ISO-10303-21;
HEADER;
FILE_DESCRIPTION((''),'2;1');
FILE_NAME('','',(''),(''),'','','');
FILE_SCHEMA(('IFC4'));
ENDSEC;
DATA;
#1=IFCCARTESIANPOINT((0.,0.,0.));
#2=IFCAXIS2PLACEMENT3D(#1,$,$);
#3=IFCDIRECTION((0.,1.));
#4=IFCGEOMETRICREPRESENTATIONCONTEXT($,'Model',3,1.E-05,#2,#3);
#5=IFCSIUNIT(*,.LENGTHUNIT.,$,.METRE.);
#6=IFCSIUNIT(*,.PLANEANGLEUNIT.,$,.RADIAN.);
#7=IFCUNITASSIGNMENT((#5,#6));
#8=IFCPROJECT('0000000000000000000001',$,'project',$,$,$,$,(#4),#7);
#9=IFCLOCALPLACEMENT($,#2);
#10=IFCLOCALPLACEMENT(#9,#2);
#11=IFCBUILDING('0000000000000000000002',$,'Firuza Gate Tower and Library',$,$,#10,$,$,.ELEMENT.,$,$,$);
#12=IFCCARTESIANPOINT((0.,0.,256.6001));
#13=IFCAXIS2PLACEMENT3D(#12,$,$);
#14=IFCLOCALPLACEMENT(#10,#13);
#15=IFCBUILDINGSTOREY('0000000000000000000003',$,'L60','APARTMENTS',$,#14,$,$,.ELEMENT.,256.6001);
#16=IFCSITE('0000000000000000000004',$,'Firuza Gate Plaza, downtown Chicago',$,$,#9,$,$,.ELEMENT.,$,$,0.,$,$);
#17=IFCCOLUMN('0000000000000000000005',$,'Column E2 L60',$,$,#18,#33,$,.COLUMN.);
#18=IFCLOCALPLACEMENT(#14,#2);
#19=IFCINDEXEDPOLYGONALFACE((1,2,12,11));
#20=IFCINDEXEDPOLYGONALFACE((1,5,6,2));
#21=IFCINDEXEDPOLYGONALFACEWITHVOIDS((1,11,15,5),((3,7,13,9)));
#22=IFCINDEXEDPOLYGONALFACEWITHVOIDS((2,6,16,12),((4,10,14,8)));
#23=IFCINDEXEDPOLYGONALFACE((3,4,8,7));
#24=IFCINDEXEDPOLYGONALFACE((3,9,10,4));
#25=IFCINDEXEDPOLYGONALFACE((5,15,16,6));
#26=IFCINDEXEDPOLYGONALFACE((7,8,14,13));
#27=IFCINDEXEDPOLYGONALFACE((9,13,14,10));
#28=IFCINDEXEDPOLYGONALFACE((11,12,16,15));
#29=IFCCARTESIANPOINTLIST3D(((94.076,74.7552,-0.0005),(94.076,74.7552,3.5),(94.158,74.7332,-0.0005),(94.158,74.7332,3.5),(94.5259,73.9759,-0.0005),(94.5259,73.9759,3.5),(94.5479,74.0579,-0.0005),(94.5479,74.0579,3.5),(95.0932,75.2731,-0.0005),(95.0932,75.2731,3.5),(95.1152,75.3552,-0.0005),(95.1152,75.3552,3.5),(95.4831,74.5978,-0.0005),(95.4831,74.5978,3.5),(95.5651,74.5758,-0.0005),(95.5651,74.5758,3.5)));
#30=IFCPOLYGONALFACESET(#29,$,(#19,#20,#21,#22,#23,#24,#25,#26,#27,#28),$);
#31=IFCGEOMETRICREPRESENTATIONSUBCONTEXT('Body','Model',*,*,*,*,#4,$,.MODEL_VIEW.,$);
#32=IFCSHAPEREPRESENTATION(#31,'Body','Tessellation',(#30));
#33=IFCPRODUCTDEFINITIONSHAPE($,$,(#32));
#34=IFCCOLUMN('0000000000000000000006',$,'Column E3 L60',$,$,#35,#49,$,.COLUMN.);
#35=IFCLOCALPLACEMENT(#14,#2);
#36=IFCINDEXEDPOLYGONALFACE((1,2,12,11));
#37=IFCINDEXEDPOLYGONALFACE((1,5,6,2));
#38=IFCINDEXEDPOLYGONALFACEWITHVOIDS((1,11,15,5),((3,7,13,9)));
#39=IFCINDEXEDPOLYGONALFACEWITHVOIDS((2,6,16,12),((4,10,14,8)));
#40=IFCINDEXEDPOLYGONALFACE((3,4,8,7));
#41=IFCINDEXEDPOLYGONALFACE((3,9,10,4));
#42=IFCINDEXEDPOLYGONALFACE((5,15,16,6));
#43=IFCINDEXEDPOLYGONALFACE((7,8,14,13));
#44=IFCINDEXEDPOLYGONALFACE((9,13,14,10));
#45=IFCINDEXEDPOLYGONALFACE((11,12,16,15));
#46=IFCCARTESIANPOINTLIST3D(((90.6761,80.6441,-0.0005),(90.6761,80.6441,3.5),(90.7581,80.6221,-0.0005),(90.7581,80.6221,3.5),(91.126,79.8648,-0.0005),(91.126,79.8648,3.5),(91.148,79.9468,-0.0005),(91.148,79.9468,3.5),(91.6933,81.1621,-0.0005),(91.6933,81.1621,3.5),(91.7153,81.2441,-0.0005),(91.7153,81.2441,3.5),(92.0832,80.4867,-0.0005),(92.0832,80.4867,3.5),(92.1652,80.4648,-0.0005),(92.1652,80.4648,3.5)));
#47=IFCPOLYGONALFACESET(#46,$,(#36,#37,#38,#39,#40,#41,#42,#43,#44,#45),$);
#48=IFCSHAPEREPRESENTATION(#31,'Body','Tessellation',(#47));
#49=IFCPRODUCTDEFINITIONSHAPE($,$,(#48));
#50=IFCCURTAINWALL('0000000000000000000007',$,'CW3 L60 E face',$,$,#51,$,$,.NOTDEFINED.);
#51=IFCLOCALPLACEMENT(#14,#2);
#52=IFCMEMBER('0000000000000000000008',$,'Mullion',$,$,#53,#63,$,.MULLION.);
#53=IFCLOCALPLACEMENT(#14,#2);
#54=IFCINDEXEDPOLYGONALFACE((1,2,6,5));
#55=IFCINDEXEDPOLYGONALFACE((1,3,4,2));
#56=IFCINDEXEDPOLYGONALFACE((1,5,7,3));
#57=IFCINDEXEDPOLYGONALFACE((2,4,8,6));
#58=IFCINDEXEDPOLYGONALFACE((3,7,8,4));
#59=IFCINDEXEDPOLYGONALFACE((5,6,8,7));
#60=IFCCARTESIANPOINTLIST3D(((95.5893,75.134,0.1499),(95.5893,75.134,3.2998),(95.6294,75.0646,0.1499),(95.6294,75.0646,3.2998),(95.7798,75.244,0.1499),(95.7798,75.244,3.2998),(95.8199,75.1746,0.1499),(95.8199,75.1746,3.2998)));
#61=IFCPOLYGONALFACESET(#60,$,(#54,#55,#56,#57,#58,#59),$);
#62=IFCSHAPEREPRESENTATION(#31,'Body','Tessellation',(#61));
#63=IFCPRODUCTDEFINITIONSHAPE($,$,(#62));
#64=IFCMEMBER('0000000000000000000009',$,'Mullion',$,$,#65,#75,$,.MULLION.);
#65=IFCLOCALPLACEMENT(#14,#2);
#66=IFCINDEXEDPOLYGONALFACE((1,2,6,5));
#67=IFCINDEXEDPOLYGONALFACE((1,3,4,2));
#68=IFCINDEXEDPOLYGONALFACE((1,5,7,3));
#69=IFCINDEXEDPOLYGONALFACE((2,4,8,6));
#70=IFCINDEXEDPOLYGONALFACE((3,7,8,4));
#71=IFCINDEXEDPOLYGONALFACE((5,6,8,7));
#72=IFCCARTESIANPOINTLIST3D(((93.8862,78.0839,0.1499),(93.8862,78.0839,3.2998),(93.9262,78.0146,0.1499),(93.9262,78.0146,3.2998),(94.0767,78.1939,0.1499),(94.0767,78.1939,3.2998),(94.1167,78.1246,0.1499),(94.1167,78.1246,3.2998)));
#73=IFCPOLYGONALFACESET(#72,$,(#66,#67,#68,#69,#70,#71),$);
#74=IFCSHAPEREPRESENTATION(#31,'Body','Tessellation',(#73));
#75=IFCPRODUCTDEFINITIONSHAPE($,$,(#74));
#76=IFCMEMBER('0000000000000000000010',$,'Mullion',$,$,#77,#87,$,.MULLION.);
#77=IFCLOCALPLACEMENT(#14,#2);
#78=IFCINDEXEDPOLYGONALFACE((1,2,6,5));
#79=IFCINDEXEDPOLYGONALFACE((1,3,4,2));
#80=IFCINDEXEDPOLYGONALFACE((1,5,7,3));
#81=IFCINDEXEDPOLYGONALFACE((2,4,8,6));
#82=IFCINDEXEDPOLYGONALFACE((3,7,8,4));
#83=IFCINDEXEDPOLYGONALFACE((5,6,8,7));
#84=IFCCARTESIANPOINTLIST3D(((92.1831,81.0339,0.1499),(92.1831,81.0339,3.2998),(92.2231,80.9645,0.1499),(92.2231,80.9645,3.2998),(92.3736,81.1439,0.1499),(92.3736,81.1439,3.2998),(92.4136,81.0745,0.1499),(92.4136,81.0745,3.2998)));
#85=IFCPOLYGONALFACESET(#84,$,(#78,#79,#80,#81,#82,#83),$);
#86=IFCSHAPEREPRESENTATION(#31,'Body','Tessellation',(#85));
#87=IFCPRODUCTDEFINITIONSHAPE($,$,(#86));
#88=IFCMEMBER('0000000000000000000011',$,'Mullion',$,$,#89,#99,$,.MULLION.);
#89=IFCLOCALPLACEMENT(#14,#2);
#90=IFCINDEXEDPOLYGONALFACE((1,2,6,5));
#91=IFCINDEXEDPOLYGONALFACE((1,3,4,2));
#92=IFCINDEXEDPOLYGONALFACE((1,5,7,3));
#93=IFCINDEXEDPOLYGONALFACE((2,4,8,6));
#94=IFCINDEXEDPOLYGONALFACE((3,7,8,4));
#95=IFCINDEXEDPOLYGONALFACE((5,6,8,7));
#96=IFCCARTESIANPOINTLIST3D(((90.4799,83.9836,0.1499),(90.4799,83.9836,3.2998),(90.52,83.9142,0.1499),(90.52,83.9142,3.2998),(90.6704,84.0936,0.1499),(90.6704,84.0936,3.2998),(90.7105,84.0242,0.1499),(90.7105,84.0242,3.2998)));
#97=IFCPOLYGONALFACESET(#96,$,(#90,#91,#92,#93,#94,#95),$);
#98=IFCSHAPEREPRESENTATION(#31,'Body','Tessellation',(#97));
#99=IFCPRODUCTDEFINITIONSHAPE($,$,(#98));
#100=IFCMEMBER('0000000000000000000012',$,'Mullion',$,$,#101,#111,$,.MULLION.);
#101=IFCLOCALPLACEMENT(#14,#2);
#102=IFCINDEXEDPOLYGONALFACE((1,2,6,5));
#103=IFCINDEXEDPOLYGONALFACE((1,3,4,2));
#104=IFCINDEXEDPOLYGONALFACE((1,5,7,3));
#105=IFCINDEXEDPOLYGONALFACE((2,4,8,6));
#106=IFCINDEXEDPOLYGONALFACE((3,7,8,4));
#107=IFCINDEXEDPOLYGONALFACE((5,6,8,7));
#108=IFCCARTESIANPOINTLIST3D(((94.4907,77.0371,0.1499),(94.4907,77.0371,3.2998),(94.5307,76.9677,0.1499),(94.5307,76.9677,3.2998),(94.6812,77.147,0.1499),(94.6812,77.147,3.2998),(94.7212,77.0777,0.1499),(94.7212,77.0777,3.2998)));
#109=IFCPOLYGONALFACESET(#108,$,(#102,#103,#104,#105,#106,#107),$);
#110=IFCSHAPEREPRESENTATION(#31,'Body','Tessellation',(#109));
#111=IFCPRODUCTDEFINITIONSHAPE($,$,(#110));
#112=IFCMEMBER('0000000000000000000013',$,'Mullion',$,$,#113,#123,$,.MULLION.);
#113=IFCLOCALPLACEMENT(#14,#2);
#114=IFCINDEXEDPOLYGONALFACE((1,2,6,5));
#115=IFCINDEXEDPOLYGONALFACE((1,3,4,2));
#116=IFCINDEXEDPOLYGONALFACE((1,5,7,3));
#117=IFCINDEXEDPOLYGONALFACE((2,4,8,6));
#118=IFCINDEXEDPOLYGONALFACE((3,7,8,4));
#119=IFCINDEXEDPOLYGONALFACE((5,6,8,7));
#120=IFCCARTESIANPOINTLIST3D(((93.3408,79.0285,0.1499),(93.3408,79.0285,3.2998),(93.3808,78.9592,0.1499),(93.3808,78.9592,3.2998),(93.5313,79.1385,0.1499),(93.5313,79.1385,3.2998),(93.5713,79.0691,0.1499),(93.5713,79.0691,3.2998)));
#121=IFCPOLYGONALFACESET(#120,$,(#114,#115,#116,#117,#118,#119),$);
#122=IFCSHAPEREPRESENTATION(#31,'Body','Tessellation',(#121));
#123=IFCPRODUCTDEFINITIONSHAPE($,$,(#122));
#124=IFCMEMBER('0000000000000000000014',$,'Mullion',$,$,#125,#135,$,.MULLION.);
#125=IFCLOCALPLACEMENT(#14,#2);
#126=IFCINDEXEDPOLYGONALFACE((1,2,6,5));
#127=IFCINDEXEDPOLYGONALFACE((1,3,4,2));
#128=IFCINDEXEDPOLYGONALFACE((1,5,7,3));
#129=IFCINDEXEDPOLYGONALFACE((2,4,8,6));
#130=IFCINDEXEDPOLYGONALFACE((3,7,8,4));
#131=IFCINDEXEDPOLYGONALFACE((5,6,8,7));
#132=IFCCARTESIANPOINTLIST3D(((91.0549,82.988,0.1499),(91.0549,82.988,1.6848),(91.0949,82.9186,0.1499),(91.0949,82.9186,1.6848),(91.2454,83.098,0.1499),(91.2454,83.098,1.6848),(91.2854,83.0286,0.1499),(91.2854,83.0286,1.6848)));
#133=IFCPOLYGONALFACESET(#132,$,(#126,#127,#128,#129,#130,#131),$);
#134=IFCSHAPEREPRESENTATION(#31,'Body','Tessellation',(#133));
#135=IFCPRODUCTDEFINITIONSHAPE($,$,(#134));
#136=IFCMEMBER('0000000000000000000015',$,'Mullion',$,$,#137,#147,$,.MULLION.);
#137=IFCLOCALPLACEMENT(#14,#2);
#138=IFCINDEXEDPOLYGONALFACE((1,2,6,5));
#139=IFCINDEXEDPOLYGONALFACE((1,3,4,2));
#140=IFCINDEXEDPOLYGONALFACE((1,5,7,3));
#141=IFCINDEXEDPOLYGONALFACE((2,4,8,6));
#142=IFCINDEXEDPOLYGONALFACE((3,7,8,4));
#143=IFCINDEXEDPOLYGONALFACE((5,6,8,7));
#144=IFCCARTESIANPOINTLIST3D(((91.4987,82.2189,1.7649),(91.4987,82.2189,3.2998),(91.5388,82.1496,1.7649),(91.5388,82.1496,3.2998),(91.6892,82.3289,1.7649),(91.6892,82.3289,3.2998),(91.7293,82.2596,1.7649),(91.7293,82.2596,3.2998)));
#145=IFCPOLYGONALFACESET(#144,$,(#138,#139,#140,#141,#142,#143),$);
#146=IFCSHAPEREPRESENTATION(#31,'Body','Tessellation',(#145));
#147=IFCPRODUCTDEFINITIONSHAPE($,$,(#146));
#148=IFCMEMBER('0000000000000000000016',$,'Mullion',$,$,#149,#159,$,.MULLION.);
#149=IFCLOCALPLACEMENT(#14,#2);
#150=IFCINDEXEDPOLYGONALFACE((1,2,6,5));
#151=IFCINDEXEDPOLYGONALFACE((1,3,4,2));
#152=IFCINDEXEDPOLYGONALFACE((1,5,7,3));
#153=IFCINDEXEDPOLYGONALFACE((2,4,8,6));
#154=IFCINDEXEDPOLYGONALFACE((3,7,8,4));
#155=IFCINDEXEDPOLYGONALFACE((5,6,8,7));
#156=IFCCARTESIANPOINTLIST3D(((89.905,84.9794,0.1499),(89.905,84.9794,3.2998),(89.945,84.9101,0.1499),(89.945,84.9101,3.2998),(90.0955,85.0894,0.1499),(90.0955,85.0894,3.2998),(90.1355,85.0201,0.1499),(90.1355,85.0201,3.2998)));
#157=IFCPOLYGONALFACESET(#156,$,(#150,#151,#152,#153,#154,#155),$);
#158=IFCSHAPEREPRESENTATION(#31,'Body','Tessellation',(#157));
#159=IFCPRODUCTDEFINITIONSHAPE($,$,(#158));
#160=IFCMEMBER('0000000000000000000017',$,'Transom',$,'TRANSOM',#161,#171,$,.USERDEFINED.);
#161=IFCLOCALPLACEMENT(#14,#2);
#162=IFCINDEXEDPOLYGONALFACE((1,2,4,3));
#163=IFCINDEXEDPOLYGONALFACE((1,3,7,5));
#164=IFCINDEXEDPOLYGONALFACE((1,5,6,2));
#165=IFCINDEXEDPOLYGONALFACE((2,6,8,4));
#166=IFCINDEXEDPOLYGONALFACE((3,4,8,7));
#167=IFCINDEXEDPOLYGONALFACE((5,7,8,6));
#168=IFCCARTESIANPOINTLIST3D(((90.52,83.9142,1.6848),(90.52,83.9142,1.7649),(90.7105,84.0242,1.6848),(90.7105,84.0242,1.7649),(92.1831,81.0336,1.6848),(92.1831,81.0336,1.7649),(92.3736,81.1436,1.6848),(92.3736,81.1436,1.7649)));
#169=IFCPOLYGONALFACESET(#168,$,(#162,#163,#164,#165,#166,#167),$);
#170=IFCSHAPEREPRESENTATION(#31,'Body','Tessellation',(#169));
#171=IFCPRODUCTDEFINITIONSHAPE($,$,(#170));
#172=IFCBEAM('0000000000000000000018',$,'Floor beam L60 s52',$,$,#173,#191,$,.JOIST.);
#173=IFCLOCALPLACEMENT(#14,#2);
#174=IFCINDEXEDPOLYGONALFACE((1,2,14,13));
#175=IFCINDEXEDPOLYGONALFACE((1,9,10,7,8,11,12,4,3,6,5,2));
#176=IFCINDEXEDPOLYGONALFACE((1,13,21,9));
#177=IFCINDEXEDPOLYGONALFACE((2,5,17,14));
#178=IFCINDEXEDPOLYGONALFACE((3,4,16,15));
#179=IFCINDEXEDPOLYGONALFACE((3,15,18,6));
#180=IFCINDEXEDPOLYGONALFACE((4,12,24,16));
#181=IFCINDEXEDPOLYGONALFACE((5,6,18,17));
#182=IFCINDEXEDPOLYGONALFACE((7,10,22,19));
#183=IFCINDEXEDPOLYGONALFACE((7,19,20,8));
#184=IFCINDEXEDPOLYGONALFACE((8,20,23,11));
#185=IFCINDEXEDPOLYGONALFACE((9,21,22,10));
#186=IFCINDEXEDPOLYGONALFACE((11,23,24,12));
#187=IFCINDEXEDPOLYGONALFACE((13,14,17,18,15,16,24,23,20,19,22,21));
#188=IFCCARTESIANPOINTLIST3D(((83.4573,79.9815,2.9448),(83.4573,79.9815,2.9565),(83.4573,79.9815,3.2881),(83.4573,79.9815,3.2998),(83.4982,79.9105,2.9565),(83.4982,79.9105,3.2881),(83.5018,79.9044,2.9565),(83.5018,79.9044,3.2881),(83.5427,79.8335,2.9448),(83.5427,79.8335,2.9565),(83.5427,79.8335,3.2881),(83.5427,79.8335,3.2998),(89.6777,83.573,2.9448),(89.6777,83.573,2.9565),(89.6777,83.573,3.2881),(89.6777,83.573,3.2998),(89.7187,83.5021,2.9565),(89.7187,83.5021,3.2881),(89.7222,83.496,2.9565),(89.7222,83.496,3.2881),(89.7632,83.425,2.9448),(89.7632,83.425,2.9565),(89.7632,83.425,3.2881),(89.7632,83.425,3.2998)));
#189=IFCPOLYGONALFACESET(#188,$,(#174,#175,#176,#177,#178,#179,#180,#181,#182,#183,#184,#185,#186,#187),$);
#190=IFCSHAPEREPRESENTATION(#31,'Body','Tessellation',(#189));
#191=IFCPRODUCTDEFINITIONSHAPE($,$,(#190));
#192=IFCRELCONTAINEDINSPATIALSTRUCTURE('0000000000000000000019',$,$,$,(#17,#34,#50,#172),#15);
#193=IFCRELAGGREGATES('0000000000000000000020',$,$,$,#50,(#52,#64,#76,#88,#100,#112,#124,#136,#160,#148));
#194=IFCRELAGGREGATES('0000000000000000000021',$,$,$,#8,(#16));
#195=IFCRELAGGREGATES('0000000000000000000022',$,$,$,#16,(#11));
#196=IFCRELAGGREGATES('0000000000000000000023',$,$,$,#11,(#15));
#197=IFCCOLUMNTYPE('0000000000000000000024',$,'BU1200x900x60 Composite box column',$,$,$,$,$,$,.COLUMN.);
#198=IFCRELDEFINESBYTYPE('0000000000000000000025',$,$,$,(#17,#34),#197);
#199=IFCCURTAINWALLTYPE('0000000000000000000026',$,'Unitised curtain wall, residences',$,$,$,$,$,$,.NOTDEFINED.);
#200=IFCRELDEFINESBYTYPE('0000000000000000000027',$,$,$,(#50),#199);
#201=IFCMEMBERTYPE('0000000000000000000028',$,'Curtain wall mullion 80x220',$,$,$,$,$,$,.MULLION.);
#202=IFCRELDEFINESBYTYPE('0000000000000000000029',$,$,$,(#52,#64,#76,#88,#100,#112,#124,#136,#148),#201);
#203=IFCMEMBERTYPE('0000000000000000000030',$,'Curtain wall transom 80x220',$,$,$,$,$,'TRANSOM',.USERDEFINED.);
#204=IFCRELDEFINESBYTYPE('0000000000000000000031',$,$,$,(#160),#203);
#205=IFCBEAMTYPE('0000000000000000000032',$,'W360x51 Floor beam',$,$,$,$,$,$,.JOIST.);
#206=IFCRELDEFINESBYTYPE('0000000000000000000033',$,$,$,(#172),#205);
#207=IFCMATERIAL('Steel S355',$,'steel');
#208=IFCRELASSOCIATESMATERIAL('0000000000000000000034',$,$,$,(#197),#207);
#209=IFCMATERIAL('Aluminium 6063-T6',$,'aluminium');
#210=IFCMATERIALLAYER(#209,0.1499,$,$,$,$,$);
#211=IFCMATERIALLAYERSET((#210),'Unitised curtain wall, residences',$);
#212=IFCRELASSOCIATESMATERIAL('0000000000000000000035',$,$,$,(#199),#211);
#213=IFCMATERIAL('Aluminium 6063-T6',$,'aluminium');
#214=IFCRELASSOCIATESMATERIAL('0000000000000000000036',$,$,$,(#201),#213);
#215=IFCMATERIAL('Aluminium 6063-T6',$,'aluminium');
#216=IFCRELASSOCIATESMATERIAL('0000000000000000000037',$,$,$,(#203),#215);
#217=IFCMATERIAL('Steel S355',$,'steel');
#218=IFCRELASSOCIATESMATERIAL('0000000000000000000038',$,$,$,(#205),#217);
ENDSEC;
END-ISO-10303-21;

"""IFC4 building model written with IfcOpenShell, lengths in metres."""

from ifc_helpers import new_model, si_unit, direction, frame, origin, origin_2d, place, context, subcontext, project, spatial, rectangle, hollow_rectangle, i_section, extrude, material, layer, layer_set, material_profile, profile_set, type_object, element, aggregate, save


model = new_model("IFC4")

# Units and contexts
model_context = context("Model", 3, precision=1e-05, world=origin(), true_north=direction((0.0, 1.0)))
body_context = subcontext(model_context, "Body", "Model", "MODEL_VIEW")
ifc_project = project(units=[si_unit("LENGTHUNIT", "METRE"), si_unit("PLANEANGLEUNIT", "RADIAN")], contexts=[model_context])

# Site, building, storey
site_placement = place(None, origin())
site = spatial("IfcSite", under=ifc_project, at=site_placement, Name="Firuza Gate Plaza, downtown Chicago", CompositionType="ELEMENT", RefElevation=0.0)
building_placement = place(site_placement, origin())
building = spatial("IfcBuilding", under=site, at=building_placement, Name="Firuza Gate Tower and Library", CompositionType="ELEMENT")
storey_placement = place(building_placement, frame((0.0, 0.0, 256.6001)))
storey = spatial("IfcBuildingStorey", under=building, at=storey_placement, Name="L60", Description="APARTMENTS", CompositionType="ELEMENT", Elevation=256.6001)

# Columns
ifc_material_1 = material(Name="Steel S355", Category="steel")
ifc_material_profile_1 = material_profile(ifc_material_1, hollow_rectangle(XDim=0.8999, YDim=1.2, WallThickness=0.0601, at=origin_2d()))
ifc_profile_set_1 = profile_set([ifc_material_profile_1], Name="Steel S355")
column_type = type_object("IfcColumnType", Name="BU1200x900x60 Composite box column", PredefinedType="COLUMN", material=ifc_profile_set_1)
for number, where, z_axis, x_axis, name in (
    (1, (94.8206, 74.6655, -0.0005), (0.0, 0.0, 1.0), (-0.5, 0.866025, 0.0), "Column E2 L60"),
    (2, (91.4207, 80.5544, -0.0005), (0.0, 0.0, 1.0), (-0.5, 0.866025, 0.0), "Column E3 L60"),
):
    element("IfcColumn", number, at=place(storey_placement, frame(where, z_axis=z_axis, x_axis=x_axis)), inside=storey, type_object=column_type, Name=name, PredefinedType="COLUMN", context=body_context, shape_type="SweptSolid", body=[
        extrude(hollow_rectangle(XDim=0.8999, YDim=1.2, WallThickness=0.0601, at=origin_2d()), origin(), (0.0, 0.0, 1.0), 3.5005),
    ])

# Curtain wall, members
ifc_material_2 = material(Name="Aluminium 6063-T6", Category="aluminium")
ifc_layer_1 = layer(ifc_material_2, 0.1499)
ifc_layer_set_1 = layer_set([ifc_layer_1], Name="Unitised curtain wall, residences")
curtain_wall_type = type_object("IfcCurtainWallType", Name="Unitised curtain wall, residences", PredefinedType="NOTDEFINED", material=ifc_layer_set_1)
curtain_wall_placement = place(storey_placement, origin())
curtain_wall = element("IfcCurtainWall", 3, at=curtain_wall_placement, inside=storey, type_object=curtain_wall_type, Name="CW3 L60 E face", PredefinedType="NOTDEFINED")
ifc_material_3 = material(Name="Aluminium 6063-T6", Category="aluminium")
ifc_material_profile_2 = material_profile(ifc_material_3, rectangle(XDim=0.22, YDim=0.0801, at=origin_2d()))
ifc_profile_set_2 = profile_set([ifc_material_profile_2], Name="Aluminium 6063-T6")
member_type_1 = type_object("IfcMemberType", Name="Curtain wall mullion 80x220", PredefinedType="MULLION", material=ifc_profile_set_2)
member_1_placement = place(storey_placement, frame((95.7046, 75.1543, 0.1499), z_axis=(0.0, 0.0, 1.0), x_axis=(-0.866025, -0.5, 0.0)))
member_1 = element("IfcMember", 4, at=member_1_placement, type_object=member_type_1, Name="Mullion", PredefinedType="MULLION", context=body_context, shape_type="SweptSolid", body=[
    extrude(rectangle(XDim=0.22, YDim=0.0801, at=origin_2d()), origin(), (0.0, 0.0, 1.0), 3.1499),
])
member_2_placement = place(storey_placement, frame((94.0015, 78.1042, 0.1499), z_axis=(0.0, 0.0, 1.0), x_axis=(-0.866025, -0.5, 0.0)))
member_2 = element("IfcMember", 5, at=member_2_placement, type_object=member_type_1, Name="Mullion", PredefinedType="MULLION", context=body_context, shape_type="SweptSolid", body=[
    extrude(rectangle(XDim=0.22, YDim=0.0801, at=origin_2d()), origin(), (0.0, 0.0, 1.0), 3.1499),
])
member_3_placement = place(storey_placement, frame((92.2983, 81.0542, 0.1499), z_axis=(0.0, 0.0, 1.0), x_axis=(-0.866025, -0.5, 0.0)))
member_3 = element("IfcMember", 6, at=member_3_placement, type_object=member_type_1, Name="Mullion", PredefinedType="MULLION", context=body_context, shape_type="SweptSolid", body=[
    extrude(rectangle(XDim=0.22, YDim=0.0801, at=origin_2d()), origin(), (0.0, 0.0, 1.0), 3.1499),
])
member_4_placement = place(storey_placement, frame((90.5952, 84.0039, 0.1499), z_axis=(0.0, 0.0, 1.0), x_axis=(-0.866025, -0.5, 0.0)))
member_4 = element("IfcMember", 7, at=member_4_placement, type_object=member_type_1, Name="Mullion", PredefinedType="MULLION", context=body_context, shape_type="SweptSolid", body=[
    extrude(rectangle(XDim=0.22, YDim=0.0801, at=origin_2d()), origin(), (0.0, 0.0, 1.0), 3.1499),
])
member_5_placement = place(storey_placement, frame((94.606, 77.0574, 0.1499), z_axis=(0.0, 0.0, 1.0), x_axis=(-0.866025, -0.5, 0.0)))
member_5 = element("IfcMember", 8, at=member_5_placement, type_object=member_type_1, Name="Mullion", PredefinedType="MULLION", context=body_context, shape_type="SweptSolid", body=[
    extrude(rectangle(XDim=0.22, YDim=0.0801, at=origin_2d()), origin(), (0.0, 0.0, 1.0), 3.1499),
])
member_6_placement = place(storey_placement, frame((93.4561, 79.0488, 0.1499), z_axis=(0.0, 0.0, 1.0), x_axis=(-0.866025, -0.5, 0.0)))
member_6 = element("IfcMember", 9, at=member_6_placement, type_object=member_type_1, Name="Mullion", PredefinedType="MULLION", context=body_context, shape_type="SweptSolid", body=[
    extrude(rectangle(XDim=0.22, YDim=0.0801, at=origin_2d()), origin(), (0.0, 0.0, 1.0), 3.1499),
])
member_7_placement = place(storey_placement, frame((91.1702, 83.0083, 0.1499), z_axis=(0.0, 0.0, 1.0), x_axis=(-0.866025, -0.5, 0.0)))
member_7 = element("IfcMember", 10, at=member_7_placement, type_object=member_type_1, Name="Mullion", PredefinedType="MULLION", context=body_context, shape_type="SweptSolid", body=[
    extrude(rectangle(XDim=0.22, YDim=0.0801, at=origin_2d()), origin(), (0.0, 0.0, 1.0), 1.5349),
])
member_8_placement = place(storey_placement, frame((91.614, 82.2393, 1.7649), z_axis=(0.0, 0.0, 1.0), x_axis=(-0.866025, -0.5, 0.0)))
member_8 = element("IfcMember", 11, at=member_8_placement, type_object=member_type_1, Name="Mullion", PredefinedType="MULLION", context=body_context, shape_type="SweptSolid", body=[
    extrude(rectangle(XDim=0.22, YDim=0.0801, at=origin_2d()), origin(), (0.0, 0.0, 1.0), 1.5349),
])
member_9_placement = place(storey_placement, frame((90.0203, 84.9998, 0.1499), z_axis=(0.0, 0.0, 1.0), x_axis=(-0.866025, -0.5, 0.0)))
member_9 = element("IfcMember", 12, at=member_9_placement, type_object=member_type_1, Name="Mullion", PredefinedType="MULLION", context=body_context, shape_type="SweptSolid", body=[
    extrude(rectangle(XDim=0.22, YDim=0.0801, at=origin_2d()), origin(), (0.0, 0.0, 1.0), 3.1499),
])
ifc_material_4 = material(Name="Aluminium 6063-T6", Category="aluminium")
ifc_material_profile_3 = material_profile(ifc_material_4, rectangle(XDim=0.22, YDim=0.0801, at=origin_2d()))
ifc_profile_set_3 = profile_set([ifc_material_profile_3], Name="Aluminium 6063-T6")
member_type_2 = type_object("IfcMemberType", Name="Curtain wall transom 80x220", ElementType="TRANSOM", PredefinedType="USERDEFINED", material=ifc_profile_set_3)
member_10_placement = place(storey_placement, frame((92.2783, 81.0886, 1.7249), z_axis=(-0.499991, 0.86603, 0.0), x_axis=(-0.86603, -0.499991, 0.0)))
member_10 = element("IfcMember", 13, at=member_10_placement, type_object=member_type_2, Name="Transom", ObjectType="TRANSOM", PredefinedType="USERDEFINED", context=body_context, shape_type="SweptSolid", body=[
    extrude(rectangle(XDim=0.22, YDim=0.0801, at=origin_2d()), origin(), (0.0, 0.0, 1.0), 3.3262),
])

# Beam
ifc_material_5 = material(Name="Steel S355", Category="steel")
ifc_material_profile_4 = material_profile(ifc_material_5, i_section(OverallWidth=0.1709, OverallDepth=0.355, WebThickness=0.0071, FlangeThickness=0.0117, at=origin_2d()))
ifc_profile_set_4 = profile_set([ifc_material_profile_4], Name="Steel S355")
beam_type_1 = type_object("IfcBeamType", Name="W360x51 Floor beam", PredefinedType="JOIST", material=ifc_profile_set_4)
beam_1_placement = place(storey_placement, frame((89.7205, 83.499, 3.1223), z_axis=(-0.866015, -0.500018, 0.0), x_axis=(0.500018, -0.866015, 0.0)))
element("IfcBeam", 14, at=beam_1_placement, inside=storey, type_object=beam_type_1, Name="Floor beam L60 s52", PredefinedType="JOIST", context=body_context, shape_type="SweptSolid", body=[
    extrude(i_section(OverallWidth=0.1709, OverallDepth=0.355, WebThickness=0.0071, FlangeThickness=0.0117, at=origin_2d()), origin(), (0.0, 0.0, 1.0), 7.1829),
])

aggregate(curtain_wall, [member_1, member_2, member_3, member_4, member_5, member_6, member_7, member_8, member_10, member_9])

save(model, "model.ifc")
